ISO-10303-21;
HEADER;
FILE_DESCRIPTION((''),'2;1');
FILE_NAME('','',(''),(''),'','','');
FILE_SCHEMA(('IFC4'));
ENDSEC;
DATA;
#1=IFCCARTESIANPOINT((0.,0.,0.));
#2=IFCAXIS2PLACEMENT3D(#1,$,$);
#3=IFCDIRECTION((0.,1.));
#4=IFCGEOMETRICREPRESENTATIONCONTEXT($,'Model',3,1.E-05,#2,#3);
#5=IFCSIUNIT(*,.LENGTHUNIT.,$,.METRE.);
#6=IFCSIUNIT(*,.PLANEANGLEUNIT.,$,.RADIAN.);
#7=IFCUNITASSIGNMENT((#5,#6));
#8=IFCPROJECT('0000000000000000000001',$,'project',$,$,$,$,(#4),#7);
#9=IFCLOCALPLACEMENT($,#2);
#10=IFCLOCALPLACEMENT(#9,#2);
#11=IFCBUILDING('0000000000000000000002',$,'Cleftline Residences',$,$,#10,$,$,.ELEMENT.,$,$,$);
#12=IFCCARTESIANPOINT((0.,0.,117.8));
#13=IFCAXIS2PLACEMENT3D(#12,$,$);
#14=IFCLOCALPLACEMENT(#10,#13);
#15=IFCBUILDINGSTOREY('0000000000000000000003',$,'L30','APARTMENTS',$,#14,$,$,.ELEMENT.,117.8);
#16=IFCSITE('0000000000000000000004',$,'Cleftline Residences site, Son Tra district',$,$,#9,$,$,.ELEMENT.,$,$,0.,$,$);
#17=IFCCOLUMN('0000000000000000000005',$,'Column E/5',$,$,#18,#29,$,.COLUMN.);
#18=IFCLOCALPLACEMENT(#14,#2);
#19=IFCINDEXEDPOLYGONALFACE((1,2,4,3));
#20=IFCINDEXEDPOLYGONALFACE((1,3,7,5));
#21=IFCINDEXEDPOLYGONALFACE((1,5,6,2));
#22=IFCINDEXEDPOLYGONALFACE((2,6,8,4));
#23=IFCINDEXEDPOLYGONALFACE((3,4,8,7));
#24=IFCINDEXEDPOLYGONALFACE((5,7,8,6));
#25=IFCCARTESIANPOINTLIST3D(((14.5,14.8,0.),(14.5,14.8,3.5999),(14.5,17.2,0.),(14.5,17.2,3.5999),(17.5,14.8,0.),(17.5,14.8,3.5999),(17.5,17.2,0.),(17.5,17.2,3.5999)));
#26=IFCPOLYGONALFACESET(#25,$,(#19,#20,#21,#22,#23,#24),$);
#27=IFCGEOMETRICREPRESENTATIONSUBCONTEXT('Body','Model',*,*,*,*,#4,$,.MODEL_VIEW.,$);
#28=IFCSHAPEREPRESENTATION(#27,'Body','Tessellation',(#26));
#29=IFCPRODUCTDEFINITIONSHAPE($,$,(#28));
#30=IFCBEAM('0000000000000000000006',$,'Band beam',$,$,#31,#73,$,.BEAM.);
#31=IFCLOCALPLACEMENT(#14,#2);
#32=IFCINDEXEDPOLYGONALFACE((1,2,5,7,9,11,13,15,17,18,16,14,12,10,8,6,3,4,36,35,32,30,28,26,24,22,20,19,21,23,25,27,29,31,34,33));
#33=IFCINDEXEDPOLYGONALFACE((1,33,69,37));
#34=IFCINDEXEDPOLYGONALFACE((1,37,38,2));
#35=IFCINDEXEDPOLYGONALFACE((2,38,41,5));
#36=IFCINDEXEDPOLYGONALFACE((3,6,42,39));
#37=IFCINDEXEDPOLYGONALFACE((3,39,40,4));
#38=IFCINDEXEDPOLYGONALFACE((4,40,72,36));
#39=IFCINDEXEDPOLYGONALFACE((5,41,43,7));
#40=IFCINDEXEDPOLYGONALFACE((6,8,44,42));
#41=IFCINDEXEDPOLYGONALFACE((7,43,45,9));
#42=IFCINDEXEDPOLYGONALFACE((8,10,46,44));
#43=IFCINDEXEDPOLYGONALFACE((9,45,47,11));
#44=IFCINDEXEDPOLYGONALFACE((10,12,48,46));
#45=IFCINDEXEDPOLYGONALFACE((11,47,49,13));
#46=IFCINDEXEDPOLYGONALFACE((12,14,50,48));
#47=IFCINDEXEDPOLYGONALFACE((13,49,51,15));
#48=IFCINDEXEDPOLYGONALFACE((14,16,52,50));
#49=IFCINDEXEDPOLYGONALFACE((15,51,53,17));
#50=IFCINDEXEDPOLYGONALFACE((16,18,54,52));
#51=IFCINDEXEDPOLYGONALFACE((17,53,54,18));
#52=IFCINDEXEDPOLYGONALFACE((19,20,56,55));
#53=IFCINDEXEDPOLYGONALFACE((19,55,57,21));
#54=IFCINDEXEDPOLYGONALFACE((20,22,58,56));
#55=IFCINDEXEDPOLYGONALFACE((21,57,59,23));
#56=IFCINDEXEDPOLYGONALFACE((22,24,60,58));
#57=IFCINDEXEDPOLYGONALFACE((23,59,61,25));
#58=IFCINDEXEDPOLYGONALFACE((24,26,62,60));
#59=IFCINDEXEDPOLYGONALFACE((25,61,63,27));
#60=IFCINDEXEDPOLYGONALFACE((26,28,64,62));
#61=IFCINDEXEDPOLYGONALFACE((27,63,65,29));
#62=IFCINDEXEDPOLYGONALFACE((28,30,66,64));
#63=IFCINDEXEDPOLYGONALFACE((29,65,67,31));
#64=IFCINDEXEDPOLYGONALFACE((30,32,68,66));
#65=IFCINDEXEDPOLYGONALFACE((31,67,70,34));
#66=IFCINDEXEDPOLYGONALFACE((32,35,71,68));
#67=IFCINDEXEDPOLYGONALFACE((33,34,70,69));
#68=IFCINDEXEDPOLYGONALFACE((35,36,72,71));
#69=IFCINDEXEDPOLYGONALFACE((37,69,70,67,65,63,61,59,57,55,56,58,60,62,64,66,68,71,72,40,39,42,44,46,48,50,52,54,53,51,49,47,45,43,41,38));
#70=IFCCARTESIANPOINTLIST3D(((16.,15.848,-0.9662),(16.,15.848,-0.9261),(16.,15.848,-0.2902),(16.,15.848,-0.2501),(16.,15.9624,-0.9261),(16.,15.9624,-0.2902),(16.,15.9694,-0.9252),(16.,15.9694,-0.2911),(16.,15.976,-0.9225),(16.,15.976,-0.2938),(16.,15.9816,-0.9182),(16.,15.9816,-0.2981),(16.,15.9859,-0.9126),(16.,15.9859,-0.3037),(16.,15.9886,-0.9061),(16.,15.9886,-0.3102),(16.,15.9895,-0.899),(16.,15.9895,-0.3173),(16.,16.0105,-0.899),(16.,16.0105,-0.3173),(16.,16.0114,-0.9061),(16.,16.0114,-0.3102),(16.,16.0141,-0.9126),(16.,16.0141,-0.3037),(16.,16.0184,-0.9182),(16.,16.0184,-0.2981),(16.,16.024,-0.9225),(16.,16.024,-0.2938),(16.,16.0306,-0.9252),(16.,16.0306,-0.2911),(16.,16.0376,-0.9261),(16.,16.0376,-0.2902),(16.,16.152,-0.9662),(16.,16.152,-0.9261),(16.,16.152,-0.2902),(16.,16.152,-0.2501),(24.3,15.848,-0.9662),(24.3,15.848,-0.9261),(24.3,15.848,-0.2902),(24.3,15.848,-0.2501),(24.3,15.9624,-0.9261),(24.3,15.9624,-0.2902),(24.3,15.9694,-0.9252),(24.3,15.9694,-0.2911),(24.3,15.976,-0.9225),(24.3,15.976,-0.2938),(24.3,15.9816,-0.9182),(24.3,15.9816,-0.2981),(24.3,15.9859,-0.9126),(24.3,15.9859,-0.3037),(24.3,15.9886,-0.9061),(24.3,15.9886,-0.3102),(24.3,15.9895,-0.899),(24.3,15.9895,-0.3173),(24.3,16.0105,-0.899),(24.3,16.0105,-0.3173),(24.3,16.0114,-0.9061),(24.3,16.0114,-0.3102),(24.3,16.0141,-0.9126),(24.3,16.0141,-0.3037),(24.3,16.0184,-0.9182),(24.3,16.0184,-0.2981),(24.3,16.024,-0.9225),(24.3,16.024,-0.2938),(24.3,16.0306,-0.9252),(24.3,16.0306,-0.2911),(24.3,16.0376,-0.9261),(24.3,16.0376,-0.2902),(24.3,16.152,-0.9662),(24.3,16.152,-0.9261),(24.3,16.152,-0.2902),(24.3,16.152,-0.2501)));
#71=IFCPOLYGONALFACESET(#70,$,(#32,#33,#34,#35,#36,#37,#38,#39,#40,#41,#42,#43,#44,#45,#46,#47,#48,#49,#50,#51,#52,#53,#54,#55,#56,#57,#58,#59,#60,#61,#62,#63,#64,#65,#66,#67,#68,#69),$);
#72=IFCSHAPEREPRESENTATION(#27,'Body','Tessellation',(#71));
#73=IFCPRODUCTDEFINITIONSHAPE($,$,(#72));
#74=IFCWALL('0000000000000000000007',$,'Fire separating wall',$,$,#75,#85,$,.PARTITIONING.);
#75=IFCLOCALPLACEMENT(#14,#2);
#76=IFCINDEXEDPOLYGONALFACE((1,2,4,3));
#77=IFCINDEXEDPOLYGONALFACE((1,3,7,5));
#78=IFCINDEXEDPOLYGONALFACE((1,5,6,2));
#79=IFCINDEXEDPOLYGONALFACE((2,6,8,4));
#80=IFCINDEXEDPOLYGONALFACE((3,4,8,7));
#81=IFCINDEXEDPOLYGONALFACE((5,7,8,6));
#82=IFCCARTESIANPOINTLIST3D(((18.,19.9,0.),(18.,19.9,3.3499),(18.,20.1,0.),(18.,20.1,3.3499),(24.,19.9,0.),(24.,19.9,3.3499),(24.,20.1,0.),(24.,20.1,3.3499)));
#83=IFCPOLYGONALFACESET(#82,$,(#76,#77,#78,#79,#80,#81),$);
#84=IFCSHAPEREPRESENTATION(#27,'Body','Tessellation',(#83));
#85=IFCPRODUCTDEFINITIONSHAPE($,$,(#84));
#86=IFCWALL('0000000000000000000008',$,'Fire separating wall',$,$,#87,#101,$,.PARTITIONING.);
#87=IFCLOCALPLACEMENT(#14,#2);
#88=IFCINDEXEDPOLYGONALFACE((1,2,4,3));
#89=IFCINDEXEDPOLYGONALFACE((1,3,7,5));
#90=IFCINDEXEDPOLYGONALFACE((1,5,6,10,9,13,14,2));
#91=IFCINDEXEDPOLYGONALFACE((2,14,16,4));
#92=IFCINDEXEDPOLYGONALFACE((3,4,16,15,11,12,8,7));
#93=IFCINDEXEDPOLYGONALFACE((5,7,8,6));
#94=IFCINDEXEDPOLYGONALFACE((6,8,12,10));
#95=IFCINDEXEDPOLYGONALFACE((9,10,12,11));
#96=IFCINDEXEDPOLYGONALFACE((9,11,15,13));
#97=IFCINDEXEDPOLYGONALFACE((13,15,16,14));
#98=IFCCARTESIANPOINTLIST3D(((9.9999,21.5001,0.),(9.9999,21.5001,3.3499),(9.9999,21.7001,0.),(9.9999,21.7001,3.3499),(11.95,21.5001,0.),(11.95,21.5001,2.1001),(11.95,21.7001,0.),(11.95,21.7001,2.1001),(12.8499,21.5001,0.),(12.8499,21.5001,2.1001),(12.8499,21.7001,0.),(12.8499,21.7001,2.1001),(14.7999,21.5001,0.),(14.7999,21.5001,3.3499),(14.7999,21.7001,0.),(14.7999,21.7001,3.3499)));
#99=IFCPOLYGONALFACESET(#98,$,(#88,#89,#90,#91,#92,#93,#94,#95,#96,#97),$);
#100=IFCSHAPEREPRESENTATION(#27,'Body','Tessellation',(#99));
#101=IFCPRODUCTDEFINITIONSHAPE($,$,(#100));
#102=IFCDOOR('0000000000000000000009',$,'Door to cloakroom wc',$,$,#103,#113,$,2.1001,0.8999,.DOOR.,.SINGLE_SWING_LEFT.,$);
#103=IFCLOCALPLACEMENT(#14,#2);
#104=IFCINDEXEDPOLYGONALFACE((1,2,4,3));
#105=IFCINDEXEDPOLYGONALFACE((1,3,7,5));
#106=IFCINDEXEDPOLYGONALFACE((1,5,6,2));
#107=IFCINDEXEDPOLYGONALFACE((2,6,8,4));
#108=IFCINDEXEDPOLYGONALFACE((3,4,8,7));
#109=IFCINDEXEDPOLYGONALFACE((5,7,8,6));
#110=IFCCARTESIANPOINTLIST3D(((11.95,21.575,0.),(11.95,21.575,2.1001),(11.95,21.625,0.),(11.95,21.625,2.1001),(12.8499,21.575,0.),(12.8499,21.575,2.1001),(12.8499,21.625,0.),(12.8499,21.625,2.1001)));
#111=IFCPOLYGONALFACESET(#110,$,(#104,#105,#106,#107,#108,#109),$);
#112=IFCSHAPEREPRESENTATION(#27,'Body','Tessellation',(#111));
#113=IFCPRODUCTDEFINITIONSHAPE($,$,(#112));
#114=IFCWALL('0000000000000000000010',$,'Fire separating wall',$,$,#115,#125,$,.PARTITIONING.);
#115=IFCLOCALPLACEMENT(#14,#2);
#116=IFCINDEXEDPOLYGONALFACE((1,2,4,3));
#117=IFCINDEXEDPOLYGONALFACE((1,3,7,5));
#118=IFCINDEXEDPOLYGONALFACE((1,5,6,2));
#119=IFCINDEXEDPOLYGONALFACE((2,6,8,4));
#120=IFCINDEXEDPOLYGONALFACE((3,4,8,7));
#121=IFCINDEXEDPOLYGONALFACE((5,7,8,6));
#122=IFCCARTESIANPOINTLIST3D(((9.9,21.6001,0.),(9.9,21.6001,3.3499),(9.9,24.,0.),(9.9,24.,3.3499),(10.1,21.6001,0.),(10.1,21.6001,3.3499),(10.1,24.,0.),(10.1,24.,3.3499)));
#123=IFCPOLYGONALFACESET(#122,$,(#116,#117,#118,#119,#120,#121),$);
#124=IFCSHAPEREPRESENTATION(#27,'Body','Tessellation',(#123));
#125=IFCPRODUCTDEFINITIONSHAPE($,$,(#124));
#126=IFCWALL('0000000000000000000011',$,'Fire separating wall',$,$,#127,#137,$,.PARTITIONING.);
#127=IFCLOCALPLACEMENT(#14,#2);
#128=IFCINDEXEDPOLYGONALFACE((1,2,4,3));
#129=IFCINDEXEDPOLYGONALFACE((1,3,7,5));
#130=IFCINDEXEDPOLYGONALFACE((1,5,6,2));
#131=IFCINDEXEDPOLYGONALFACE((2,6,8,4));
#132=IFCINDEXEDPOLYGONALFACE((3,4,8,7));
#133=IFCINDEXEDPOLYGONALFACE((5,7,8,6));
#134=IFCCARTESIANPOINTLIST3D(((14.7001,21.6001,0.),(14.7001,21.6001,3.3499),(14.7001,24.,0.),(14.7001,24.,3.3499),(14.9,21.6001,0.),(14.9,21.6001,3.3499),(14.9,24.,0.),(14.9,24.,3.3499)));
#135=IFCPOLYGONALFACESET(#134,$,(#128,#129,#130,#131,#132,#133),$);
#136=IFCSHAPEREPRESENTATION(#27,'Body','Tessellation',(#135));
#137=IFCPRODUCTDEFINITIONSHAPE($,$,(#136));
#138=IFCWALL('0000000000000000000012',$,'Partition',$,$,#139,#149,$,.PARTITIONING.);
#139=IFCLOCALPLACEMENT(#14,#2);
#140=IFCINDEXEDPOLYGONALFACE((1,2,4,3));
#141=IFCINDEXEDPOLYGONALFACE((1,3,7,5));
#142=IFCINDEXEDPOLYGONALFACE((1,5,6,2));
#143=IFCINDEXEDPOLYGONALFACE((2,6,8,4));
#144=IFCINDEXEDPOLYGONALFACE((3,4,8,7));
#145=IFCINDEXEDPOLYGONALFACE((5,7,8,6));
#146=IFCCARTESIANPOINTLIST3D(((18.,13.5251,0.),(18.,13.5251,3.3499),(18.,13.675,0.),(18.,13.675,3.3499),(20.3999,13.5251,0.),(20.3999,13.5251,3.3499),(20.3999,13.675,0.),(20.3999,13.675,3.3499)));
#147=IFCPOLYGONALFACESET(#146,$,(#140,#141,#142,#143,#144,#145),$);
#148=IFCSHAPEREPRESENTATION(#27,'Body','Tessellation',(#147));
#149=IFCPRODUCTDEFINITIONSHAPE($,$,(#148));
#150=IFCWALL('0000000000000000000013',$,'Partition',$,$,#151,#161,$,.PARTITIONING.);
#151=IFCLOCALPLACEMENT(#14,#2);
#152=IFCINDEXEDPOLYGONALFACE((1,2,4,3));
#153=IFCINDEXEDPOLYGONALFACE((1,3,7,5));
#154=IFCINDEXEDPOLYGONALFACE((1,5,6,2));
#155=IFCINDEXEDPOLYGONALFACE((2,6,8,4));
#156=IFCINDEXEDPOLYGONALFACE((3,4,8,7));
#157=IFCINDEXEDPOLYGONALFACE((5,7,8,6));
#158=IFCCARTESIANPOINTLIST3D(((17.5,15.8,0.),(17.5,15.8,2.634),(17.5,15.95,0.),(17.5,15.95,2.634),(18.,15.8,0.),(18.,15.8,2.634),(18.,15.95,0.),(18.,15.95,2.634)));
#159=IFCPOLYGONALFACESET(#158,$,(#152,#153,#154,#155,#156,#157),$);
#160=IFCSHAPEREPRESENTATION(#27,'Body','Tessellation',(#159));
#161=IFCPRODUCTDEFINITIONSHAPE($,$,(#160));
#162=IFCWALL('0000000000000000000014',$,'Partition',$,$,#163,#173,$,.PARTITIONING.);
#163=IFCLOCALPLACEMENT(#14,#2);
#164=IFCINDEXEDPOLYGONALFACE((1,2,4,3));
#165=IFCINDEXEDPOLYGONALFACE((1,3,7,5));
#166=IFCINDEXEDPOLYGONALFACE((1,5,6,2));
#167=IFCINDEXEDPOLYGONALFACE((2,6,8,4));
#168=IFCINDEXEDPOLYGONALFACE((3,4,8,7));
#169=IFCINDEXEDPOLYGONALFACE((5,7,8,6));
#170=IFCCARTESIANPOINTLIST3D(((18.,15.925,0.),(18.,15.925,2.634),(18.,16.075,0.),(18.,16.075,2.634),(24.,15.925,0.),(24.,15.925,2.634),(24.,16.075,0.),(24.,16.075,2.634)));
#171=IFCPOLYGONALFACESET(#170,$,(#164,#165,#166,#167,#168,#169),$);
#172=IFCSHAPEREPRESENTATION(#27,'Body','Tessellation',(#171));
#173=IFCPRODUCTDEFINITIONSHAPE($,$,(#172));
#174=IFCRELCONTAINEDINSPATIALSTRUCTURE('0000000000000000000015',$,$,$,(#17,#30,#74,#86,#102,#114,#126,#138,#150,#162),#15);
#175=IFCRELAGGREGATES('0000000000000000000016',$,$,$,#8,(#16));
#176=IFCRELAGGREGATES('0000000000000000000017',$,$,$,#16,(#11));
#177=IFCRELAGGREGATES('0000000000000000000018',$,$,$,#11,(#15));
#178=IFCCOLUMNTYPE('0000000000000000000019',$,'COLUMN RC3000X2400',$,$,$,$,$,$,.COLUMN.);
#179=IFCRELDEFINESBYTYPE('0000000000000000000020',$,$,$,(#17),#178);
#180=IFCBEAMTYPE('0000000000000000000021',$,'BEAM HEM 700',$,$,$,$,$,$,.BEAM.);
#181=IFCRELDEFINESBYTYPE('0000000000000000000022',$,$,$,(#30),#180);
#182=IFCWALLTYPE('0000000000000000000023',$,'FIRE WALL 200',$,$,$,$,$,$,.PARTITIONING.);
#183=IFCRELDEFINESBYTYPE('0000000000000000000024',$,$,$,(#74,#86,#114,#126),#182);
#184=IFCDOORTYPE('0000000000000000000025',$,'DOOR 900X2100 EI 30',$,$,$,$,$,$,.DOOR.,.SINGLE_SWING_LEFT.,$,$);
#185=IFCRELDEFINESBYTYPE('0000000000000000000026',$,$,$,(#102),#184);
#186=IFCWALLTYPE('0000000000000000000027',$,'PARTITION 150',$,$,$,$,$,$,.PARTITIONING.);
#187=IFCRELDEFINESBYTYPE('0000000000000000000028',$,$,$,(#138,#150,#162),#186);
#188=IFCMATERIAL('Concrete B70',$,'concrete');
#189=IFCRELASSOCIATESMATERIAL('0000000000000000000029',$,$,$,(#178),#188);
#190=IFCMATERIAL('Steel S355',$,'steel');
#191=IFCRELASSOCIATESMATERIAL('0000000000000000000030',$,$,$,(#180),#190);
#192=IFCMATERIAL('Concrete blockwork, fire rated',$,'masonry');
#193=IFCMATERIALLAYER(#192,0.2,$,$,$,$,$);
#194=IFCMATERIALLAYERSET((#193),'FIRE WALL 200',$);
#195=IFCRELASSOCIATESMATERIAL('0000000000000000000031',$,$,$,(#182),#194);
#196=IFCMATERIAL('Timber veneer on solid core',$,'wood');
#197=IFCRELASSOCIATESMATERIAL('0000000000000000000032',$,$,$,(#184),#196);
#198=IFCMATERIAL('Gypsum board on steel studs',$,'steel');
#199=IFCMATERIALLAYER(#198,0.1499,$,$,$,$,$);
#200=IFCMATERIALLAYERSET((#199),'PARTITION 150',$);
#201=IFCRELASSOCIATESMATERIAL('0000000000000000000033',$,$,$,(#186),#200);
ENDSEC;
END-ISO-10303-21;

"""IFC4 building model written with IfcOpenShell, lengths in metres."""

from ifc_helpers import new_model, si_unit, direction, frame, frame_2d, origin, origin_2d, place, context, subcontext, project, spatial, rectangle, i_section, extrude, material, layer, layer_set, material_profile, profile_set, type_object, element, fill, save


model = new_model("IFC4")

# Units and contexts
model_context = context("Model", 3, precision=1e-05, world=origin(), true_north=direction((0.0, 1.0)))
body_context = subcontext(model_context, "Body", "Model", "MODEL_VIEW")
ifc_project = project(units=[si_unit("LENGTHUNIT", "METRE"), si_unit("PLANEANGLEUNIT", "RADIAN")], contexts=[model_context])

# Site, building, storey
site_placement = place(None, origin())
site = spatial("IfcSite", under=ifc_project, at=site_placement, Name="Cleftline Residences site, Son Tra district", CompositionType="ELEMENT", RefElevation=0.0)
building_placement = place(site_placement, origin())
building = spatial("IfcBuilding", under=site, at=building_placement, Name="Cleftline Residences", CompositionType="ELEMENT")
storey_placement = place(building_placement, frame((0.0, 0.0, 117.8)))
storey = spatial("IfcBuildingStorey", under=building, at=storey_placement, Name="L30", Description="APARTMENTS", CompositionType="ELEMENT", Elevation=117.8)

# Column
ifc_material_1 = material(Name="Concrete B70", Category="concrete")
ifc_material_profile_1 = material_profile(ifc_material_1, rectangle(XDim=3.0, YDim=2.3999, at=origin_2d()))
ifc_profile_set_1 = profile_set([ifc_material_profile_1], Name="Concrete B70")
column_type = type_object("IfcColumnType", Name="COLUMN RC3000X2400", PredefinedType="COLUMN", material=ifc_profile_set_1)
column_placement = place(storey_placement, frame((16.0, 16.0, 0.0), z_axis=(0.0, 0.0, 1.0), x_axis=(1.0, 0.0, 0.0)))
element("IfcColumn", 1, at=column_placement, inside=storey, type_object=column_type, Name="Column E/5", PredefinedType="COLUMN", context=body_context, shape_type="SweptSolid", body=[
    extrude(rectangle(XDim=3.0, YDim=2.3999, at=origin_2d()), origin(), (0.0, 0.0, 1.0), 3.5999),
])

# Beam
ifc_material_2 = material(Name="Steel S355", Category="steel")
ifc_material_profile_2 = material_profile(ifc_material_2, i_section(OverallWidth=0.304, OverallDepth=0.7161, WebThickness=0.021, FlangeThickness=0.04, FilletRadius=0.0271, at=origin_2d()))
ifc_profile_set_2 = profile_set([ifc_material_profile_2], Name="Steel S355")
beam_type = type_object("IfcBeamType", Name="BEAM HEM 700", PredefinedType="BEAM", material=ifc_profile_set_2)
beam_placement = place(storey_placement, frame((16.0, 16.0, -0.6082), z_axis=(1.0, 0.0, 0.0), x_axis=(0.0, 1.0, 0.0)))
element("IfcBeam", 2, at=beam_placement, inside=storey, type_object=beam_type, Name="Band beam", PredefinedType="BEAM", context=body_context, shape_type="SweptSolid", body=[
    extrude(i_section(OverallWidth=0.304, OverallDepth=0.7161, WebThickness=0.021, FlangeThickness=0.04, FilletRadius=0.0271, at=origin_2d()), origin(), (0.0, 0.0, 1.0), 8.3),
])

# Wall
ifc_material_3 = material(Name="Concrete blockwork, fire rated", Category="masonry")
ifc_layer_1 = layer(ifc_material_3, 0.2)
ifc_layer_set_1 = layer_set([ifc_layer_1], Name="FIRE WALL 200")
wall_type_1 = type_object("IfcWallType", Name="FIRE WALL 200", PredefinedType="PARTITIONING", material=ifc_layer_set_1)
wall_1_placement = place(storey_placement, frame((18.0, 20.0, 0.0), z_axis=(0.0, 0.0, 1.0), x_axis=(1.0, 0.0, 0.0)))
element("IfcWall", 3, at=wall_1_placement, inside=storey, type_object=wall_type_1, Name="Fire separating wall", PredefinedType="PARTITIONING", context=body_context, shape_type="SweptSolid", body=[
    extrude(rectangle(XDim=6.0, YDim=0.2, at=frame_2d((3.0, 0.0))), origin(), (0.0, 0.0, 1.0), 3.3499),
])

# Wall, opening, door
wall_2_placement = place(storey_placement, frame((10.0, 21.6001, 0.0), z_axis=(0.0, 0.0, 1.0), x_axis=(1.0, 0.0, 0.0)))
wall_2 = element("IfcWall", 4, at=wall_2_placement, inside=storey, type_object=wall_type_1, Name="Fire separating wall", PredefinedType="PARTITIONING", context=body_context, shape_type="SweptSolid", body=[
    extrude(rectangle(XDim=4.8, YDim=0.2, at=frame_2d((2.3999, 0.0))), origin(), (0.0, 0.0, 1.0), 3.3499),
])
opening_1_placement = place(wall_2_placement, frame((1.95, 0.0, 0.0)))
opening_1 = element("IfcOpeningElement", 5, at=opening_1_placement, cuts=wall_2, PredefinedType="OPENING", context=body_context, shape_type="SweptSolid", body=[
    extrude(rectangle(XDim=0.8999, YDim=2.1001, at=frame_2d((0.45, 1.05))), frame((0.0, 0.1099, 0.0), z_axis=(0.0, -1.0, 0.0), x_axis=(1.0, 0.0, 0.0)), (0.0, 0.0, 1.0), 0.22),
])
ifc_material_4 = material(Name="Timber veneer on solid core", Category="wood")
door_type_1 = type_object("IfcDoorType", Name="DOOR 900X2100 EI 30", OperationType="SINGLE_SWING_LEFT", PredefinedType="DOOR", material=ifc_material_4)
door_1_placement = place(opening_1_placement, origin())
door_1 = element("IfcDoor", 6, at=door_1_placement, inside=storey, type_object=door_type_1, Name="Door to cloakroom wc", OperationType="SINGLE_SWING_LEFT", OverallHeight=2.1001, OverallWidth=0.8999, PredefinedType="DOOR", context=body_context, shape_type="SweptSolid", body=[
    extrude(rectangle(XDim=0.8999, YDim=2.1001, at=frame_2d((0.45, 1.05))), frame((0.0, 0.0249, 0.0), z_axis=(0.0, -1.0, 0.0), x_axis=(1.0, 0.0, 0.0)), (0.0, 0.0, 1.0), 0.05),
])
fill(opening_1, door_1)

# Walls
for number, where, z_axis, x_axis, name in (
    (7, (10.0, 21.6001, 0.0), (0.0, 0.0, 1.0), (0.0, 1.0, 0.0), "Fire separating wall"),
    (8, (14.8, 21.6001, 0.0), (0.0, 0.0, 1.0), (0.0, 1.0, 0.0), "Fire separating wall"),
):
    element("IfcWall", number, at=place(storey_placement, frame(where, z_axis=z_axis, x_axis=x_axis)), inside=storey, type_object=wall_type_1, Name=name, PredefinedType="PARTITIONING", context=body_context, shape_type="SweptSolid", body=[
        extrude(rectangle(XDim=2.3999, YDim=0.2, at=frame_2d((1.2, 0.0))), origin(), (0.0, 0.0, 1.0), 3.3499),
    ])

# Walls
ifc_material_5 = material(Name="Gypsum board on steel studs", Category="steel")
ifc_layer_2 = layer(ifc_material_5, 0.1499)
ifc_layer_set_2 = layer_set([ifc_layer_2], Name="PARTITION 150")
wall_type_2 = type_object("IfcWallType", Name="PARTITION 150", PredefinedType="PARTITIONING", material=ifc_layer_set_2)
wall_3_placement = place(storey_placement, frame((18.0, 13.6001, 0.0), z_axis=(0.0, 0.0, 1.0), x_axis=(1.0, 0.0, 0.0)))
element("IfcWall", 9, at=wall_3_placement, inside=storey, type_object=wall_type_2, Name="Partition", PredefinedType="PARTITIONING", context=body_context, shape_type="SweptSolid", body=[
    extrude(rectangle(XDim=2.3999, YDim=0.1499, at=frame_2d((1.2, 0.0))), origin(), (0.0, 0.0, 1.0), 3.3499),
])
wall_4_placement = place(storey_placement, frame((17.5, 15.875, 0.0), z_axis=(0.0, 0.0, 1.0), x_axis=(1.0, 0.0, 0.0)))
element("IfcWall", 10, at=wall_4_placement, inside=storey, type_object=wall_type_2, Name="Partition", PredefinedType="PARTITIONING", context=body_context, shape_type="SweptSolid", body=[
    extrude(rectangle(XDim=0.5, YDim=0.1499, at=frame_2d((0.25, 0.0))), origin(), (0.0, 0.0, 1.0), 2.634),
])
wall_5_placement = place(storey_placement, frame((18.0, 16.0, 0.0), z_axis=(0.0, 0.0, 1.0), x_axis=(1.0, 0.0, 0.0)))
element("IfcWall", 11, at=wall_5_placement, inside=storey, type_object=wall_type_2, Name="Partition", PredefinedType="PARTITIONING", context=body_context, shape_type="SweptSolid", body=[
    extrude(rectangle(XDim=6.0, YDim=0.1499, at=frame_2d((3.0, 0.0))), origin(), (0.0, 0.0, 1.0), 2.634),
])

save(model, "model.ifc")
